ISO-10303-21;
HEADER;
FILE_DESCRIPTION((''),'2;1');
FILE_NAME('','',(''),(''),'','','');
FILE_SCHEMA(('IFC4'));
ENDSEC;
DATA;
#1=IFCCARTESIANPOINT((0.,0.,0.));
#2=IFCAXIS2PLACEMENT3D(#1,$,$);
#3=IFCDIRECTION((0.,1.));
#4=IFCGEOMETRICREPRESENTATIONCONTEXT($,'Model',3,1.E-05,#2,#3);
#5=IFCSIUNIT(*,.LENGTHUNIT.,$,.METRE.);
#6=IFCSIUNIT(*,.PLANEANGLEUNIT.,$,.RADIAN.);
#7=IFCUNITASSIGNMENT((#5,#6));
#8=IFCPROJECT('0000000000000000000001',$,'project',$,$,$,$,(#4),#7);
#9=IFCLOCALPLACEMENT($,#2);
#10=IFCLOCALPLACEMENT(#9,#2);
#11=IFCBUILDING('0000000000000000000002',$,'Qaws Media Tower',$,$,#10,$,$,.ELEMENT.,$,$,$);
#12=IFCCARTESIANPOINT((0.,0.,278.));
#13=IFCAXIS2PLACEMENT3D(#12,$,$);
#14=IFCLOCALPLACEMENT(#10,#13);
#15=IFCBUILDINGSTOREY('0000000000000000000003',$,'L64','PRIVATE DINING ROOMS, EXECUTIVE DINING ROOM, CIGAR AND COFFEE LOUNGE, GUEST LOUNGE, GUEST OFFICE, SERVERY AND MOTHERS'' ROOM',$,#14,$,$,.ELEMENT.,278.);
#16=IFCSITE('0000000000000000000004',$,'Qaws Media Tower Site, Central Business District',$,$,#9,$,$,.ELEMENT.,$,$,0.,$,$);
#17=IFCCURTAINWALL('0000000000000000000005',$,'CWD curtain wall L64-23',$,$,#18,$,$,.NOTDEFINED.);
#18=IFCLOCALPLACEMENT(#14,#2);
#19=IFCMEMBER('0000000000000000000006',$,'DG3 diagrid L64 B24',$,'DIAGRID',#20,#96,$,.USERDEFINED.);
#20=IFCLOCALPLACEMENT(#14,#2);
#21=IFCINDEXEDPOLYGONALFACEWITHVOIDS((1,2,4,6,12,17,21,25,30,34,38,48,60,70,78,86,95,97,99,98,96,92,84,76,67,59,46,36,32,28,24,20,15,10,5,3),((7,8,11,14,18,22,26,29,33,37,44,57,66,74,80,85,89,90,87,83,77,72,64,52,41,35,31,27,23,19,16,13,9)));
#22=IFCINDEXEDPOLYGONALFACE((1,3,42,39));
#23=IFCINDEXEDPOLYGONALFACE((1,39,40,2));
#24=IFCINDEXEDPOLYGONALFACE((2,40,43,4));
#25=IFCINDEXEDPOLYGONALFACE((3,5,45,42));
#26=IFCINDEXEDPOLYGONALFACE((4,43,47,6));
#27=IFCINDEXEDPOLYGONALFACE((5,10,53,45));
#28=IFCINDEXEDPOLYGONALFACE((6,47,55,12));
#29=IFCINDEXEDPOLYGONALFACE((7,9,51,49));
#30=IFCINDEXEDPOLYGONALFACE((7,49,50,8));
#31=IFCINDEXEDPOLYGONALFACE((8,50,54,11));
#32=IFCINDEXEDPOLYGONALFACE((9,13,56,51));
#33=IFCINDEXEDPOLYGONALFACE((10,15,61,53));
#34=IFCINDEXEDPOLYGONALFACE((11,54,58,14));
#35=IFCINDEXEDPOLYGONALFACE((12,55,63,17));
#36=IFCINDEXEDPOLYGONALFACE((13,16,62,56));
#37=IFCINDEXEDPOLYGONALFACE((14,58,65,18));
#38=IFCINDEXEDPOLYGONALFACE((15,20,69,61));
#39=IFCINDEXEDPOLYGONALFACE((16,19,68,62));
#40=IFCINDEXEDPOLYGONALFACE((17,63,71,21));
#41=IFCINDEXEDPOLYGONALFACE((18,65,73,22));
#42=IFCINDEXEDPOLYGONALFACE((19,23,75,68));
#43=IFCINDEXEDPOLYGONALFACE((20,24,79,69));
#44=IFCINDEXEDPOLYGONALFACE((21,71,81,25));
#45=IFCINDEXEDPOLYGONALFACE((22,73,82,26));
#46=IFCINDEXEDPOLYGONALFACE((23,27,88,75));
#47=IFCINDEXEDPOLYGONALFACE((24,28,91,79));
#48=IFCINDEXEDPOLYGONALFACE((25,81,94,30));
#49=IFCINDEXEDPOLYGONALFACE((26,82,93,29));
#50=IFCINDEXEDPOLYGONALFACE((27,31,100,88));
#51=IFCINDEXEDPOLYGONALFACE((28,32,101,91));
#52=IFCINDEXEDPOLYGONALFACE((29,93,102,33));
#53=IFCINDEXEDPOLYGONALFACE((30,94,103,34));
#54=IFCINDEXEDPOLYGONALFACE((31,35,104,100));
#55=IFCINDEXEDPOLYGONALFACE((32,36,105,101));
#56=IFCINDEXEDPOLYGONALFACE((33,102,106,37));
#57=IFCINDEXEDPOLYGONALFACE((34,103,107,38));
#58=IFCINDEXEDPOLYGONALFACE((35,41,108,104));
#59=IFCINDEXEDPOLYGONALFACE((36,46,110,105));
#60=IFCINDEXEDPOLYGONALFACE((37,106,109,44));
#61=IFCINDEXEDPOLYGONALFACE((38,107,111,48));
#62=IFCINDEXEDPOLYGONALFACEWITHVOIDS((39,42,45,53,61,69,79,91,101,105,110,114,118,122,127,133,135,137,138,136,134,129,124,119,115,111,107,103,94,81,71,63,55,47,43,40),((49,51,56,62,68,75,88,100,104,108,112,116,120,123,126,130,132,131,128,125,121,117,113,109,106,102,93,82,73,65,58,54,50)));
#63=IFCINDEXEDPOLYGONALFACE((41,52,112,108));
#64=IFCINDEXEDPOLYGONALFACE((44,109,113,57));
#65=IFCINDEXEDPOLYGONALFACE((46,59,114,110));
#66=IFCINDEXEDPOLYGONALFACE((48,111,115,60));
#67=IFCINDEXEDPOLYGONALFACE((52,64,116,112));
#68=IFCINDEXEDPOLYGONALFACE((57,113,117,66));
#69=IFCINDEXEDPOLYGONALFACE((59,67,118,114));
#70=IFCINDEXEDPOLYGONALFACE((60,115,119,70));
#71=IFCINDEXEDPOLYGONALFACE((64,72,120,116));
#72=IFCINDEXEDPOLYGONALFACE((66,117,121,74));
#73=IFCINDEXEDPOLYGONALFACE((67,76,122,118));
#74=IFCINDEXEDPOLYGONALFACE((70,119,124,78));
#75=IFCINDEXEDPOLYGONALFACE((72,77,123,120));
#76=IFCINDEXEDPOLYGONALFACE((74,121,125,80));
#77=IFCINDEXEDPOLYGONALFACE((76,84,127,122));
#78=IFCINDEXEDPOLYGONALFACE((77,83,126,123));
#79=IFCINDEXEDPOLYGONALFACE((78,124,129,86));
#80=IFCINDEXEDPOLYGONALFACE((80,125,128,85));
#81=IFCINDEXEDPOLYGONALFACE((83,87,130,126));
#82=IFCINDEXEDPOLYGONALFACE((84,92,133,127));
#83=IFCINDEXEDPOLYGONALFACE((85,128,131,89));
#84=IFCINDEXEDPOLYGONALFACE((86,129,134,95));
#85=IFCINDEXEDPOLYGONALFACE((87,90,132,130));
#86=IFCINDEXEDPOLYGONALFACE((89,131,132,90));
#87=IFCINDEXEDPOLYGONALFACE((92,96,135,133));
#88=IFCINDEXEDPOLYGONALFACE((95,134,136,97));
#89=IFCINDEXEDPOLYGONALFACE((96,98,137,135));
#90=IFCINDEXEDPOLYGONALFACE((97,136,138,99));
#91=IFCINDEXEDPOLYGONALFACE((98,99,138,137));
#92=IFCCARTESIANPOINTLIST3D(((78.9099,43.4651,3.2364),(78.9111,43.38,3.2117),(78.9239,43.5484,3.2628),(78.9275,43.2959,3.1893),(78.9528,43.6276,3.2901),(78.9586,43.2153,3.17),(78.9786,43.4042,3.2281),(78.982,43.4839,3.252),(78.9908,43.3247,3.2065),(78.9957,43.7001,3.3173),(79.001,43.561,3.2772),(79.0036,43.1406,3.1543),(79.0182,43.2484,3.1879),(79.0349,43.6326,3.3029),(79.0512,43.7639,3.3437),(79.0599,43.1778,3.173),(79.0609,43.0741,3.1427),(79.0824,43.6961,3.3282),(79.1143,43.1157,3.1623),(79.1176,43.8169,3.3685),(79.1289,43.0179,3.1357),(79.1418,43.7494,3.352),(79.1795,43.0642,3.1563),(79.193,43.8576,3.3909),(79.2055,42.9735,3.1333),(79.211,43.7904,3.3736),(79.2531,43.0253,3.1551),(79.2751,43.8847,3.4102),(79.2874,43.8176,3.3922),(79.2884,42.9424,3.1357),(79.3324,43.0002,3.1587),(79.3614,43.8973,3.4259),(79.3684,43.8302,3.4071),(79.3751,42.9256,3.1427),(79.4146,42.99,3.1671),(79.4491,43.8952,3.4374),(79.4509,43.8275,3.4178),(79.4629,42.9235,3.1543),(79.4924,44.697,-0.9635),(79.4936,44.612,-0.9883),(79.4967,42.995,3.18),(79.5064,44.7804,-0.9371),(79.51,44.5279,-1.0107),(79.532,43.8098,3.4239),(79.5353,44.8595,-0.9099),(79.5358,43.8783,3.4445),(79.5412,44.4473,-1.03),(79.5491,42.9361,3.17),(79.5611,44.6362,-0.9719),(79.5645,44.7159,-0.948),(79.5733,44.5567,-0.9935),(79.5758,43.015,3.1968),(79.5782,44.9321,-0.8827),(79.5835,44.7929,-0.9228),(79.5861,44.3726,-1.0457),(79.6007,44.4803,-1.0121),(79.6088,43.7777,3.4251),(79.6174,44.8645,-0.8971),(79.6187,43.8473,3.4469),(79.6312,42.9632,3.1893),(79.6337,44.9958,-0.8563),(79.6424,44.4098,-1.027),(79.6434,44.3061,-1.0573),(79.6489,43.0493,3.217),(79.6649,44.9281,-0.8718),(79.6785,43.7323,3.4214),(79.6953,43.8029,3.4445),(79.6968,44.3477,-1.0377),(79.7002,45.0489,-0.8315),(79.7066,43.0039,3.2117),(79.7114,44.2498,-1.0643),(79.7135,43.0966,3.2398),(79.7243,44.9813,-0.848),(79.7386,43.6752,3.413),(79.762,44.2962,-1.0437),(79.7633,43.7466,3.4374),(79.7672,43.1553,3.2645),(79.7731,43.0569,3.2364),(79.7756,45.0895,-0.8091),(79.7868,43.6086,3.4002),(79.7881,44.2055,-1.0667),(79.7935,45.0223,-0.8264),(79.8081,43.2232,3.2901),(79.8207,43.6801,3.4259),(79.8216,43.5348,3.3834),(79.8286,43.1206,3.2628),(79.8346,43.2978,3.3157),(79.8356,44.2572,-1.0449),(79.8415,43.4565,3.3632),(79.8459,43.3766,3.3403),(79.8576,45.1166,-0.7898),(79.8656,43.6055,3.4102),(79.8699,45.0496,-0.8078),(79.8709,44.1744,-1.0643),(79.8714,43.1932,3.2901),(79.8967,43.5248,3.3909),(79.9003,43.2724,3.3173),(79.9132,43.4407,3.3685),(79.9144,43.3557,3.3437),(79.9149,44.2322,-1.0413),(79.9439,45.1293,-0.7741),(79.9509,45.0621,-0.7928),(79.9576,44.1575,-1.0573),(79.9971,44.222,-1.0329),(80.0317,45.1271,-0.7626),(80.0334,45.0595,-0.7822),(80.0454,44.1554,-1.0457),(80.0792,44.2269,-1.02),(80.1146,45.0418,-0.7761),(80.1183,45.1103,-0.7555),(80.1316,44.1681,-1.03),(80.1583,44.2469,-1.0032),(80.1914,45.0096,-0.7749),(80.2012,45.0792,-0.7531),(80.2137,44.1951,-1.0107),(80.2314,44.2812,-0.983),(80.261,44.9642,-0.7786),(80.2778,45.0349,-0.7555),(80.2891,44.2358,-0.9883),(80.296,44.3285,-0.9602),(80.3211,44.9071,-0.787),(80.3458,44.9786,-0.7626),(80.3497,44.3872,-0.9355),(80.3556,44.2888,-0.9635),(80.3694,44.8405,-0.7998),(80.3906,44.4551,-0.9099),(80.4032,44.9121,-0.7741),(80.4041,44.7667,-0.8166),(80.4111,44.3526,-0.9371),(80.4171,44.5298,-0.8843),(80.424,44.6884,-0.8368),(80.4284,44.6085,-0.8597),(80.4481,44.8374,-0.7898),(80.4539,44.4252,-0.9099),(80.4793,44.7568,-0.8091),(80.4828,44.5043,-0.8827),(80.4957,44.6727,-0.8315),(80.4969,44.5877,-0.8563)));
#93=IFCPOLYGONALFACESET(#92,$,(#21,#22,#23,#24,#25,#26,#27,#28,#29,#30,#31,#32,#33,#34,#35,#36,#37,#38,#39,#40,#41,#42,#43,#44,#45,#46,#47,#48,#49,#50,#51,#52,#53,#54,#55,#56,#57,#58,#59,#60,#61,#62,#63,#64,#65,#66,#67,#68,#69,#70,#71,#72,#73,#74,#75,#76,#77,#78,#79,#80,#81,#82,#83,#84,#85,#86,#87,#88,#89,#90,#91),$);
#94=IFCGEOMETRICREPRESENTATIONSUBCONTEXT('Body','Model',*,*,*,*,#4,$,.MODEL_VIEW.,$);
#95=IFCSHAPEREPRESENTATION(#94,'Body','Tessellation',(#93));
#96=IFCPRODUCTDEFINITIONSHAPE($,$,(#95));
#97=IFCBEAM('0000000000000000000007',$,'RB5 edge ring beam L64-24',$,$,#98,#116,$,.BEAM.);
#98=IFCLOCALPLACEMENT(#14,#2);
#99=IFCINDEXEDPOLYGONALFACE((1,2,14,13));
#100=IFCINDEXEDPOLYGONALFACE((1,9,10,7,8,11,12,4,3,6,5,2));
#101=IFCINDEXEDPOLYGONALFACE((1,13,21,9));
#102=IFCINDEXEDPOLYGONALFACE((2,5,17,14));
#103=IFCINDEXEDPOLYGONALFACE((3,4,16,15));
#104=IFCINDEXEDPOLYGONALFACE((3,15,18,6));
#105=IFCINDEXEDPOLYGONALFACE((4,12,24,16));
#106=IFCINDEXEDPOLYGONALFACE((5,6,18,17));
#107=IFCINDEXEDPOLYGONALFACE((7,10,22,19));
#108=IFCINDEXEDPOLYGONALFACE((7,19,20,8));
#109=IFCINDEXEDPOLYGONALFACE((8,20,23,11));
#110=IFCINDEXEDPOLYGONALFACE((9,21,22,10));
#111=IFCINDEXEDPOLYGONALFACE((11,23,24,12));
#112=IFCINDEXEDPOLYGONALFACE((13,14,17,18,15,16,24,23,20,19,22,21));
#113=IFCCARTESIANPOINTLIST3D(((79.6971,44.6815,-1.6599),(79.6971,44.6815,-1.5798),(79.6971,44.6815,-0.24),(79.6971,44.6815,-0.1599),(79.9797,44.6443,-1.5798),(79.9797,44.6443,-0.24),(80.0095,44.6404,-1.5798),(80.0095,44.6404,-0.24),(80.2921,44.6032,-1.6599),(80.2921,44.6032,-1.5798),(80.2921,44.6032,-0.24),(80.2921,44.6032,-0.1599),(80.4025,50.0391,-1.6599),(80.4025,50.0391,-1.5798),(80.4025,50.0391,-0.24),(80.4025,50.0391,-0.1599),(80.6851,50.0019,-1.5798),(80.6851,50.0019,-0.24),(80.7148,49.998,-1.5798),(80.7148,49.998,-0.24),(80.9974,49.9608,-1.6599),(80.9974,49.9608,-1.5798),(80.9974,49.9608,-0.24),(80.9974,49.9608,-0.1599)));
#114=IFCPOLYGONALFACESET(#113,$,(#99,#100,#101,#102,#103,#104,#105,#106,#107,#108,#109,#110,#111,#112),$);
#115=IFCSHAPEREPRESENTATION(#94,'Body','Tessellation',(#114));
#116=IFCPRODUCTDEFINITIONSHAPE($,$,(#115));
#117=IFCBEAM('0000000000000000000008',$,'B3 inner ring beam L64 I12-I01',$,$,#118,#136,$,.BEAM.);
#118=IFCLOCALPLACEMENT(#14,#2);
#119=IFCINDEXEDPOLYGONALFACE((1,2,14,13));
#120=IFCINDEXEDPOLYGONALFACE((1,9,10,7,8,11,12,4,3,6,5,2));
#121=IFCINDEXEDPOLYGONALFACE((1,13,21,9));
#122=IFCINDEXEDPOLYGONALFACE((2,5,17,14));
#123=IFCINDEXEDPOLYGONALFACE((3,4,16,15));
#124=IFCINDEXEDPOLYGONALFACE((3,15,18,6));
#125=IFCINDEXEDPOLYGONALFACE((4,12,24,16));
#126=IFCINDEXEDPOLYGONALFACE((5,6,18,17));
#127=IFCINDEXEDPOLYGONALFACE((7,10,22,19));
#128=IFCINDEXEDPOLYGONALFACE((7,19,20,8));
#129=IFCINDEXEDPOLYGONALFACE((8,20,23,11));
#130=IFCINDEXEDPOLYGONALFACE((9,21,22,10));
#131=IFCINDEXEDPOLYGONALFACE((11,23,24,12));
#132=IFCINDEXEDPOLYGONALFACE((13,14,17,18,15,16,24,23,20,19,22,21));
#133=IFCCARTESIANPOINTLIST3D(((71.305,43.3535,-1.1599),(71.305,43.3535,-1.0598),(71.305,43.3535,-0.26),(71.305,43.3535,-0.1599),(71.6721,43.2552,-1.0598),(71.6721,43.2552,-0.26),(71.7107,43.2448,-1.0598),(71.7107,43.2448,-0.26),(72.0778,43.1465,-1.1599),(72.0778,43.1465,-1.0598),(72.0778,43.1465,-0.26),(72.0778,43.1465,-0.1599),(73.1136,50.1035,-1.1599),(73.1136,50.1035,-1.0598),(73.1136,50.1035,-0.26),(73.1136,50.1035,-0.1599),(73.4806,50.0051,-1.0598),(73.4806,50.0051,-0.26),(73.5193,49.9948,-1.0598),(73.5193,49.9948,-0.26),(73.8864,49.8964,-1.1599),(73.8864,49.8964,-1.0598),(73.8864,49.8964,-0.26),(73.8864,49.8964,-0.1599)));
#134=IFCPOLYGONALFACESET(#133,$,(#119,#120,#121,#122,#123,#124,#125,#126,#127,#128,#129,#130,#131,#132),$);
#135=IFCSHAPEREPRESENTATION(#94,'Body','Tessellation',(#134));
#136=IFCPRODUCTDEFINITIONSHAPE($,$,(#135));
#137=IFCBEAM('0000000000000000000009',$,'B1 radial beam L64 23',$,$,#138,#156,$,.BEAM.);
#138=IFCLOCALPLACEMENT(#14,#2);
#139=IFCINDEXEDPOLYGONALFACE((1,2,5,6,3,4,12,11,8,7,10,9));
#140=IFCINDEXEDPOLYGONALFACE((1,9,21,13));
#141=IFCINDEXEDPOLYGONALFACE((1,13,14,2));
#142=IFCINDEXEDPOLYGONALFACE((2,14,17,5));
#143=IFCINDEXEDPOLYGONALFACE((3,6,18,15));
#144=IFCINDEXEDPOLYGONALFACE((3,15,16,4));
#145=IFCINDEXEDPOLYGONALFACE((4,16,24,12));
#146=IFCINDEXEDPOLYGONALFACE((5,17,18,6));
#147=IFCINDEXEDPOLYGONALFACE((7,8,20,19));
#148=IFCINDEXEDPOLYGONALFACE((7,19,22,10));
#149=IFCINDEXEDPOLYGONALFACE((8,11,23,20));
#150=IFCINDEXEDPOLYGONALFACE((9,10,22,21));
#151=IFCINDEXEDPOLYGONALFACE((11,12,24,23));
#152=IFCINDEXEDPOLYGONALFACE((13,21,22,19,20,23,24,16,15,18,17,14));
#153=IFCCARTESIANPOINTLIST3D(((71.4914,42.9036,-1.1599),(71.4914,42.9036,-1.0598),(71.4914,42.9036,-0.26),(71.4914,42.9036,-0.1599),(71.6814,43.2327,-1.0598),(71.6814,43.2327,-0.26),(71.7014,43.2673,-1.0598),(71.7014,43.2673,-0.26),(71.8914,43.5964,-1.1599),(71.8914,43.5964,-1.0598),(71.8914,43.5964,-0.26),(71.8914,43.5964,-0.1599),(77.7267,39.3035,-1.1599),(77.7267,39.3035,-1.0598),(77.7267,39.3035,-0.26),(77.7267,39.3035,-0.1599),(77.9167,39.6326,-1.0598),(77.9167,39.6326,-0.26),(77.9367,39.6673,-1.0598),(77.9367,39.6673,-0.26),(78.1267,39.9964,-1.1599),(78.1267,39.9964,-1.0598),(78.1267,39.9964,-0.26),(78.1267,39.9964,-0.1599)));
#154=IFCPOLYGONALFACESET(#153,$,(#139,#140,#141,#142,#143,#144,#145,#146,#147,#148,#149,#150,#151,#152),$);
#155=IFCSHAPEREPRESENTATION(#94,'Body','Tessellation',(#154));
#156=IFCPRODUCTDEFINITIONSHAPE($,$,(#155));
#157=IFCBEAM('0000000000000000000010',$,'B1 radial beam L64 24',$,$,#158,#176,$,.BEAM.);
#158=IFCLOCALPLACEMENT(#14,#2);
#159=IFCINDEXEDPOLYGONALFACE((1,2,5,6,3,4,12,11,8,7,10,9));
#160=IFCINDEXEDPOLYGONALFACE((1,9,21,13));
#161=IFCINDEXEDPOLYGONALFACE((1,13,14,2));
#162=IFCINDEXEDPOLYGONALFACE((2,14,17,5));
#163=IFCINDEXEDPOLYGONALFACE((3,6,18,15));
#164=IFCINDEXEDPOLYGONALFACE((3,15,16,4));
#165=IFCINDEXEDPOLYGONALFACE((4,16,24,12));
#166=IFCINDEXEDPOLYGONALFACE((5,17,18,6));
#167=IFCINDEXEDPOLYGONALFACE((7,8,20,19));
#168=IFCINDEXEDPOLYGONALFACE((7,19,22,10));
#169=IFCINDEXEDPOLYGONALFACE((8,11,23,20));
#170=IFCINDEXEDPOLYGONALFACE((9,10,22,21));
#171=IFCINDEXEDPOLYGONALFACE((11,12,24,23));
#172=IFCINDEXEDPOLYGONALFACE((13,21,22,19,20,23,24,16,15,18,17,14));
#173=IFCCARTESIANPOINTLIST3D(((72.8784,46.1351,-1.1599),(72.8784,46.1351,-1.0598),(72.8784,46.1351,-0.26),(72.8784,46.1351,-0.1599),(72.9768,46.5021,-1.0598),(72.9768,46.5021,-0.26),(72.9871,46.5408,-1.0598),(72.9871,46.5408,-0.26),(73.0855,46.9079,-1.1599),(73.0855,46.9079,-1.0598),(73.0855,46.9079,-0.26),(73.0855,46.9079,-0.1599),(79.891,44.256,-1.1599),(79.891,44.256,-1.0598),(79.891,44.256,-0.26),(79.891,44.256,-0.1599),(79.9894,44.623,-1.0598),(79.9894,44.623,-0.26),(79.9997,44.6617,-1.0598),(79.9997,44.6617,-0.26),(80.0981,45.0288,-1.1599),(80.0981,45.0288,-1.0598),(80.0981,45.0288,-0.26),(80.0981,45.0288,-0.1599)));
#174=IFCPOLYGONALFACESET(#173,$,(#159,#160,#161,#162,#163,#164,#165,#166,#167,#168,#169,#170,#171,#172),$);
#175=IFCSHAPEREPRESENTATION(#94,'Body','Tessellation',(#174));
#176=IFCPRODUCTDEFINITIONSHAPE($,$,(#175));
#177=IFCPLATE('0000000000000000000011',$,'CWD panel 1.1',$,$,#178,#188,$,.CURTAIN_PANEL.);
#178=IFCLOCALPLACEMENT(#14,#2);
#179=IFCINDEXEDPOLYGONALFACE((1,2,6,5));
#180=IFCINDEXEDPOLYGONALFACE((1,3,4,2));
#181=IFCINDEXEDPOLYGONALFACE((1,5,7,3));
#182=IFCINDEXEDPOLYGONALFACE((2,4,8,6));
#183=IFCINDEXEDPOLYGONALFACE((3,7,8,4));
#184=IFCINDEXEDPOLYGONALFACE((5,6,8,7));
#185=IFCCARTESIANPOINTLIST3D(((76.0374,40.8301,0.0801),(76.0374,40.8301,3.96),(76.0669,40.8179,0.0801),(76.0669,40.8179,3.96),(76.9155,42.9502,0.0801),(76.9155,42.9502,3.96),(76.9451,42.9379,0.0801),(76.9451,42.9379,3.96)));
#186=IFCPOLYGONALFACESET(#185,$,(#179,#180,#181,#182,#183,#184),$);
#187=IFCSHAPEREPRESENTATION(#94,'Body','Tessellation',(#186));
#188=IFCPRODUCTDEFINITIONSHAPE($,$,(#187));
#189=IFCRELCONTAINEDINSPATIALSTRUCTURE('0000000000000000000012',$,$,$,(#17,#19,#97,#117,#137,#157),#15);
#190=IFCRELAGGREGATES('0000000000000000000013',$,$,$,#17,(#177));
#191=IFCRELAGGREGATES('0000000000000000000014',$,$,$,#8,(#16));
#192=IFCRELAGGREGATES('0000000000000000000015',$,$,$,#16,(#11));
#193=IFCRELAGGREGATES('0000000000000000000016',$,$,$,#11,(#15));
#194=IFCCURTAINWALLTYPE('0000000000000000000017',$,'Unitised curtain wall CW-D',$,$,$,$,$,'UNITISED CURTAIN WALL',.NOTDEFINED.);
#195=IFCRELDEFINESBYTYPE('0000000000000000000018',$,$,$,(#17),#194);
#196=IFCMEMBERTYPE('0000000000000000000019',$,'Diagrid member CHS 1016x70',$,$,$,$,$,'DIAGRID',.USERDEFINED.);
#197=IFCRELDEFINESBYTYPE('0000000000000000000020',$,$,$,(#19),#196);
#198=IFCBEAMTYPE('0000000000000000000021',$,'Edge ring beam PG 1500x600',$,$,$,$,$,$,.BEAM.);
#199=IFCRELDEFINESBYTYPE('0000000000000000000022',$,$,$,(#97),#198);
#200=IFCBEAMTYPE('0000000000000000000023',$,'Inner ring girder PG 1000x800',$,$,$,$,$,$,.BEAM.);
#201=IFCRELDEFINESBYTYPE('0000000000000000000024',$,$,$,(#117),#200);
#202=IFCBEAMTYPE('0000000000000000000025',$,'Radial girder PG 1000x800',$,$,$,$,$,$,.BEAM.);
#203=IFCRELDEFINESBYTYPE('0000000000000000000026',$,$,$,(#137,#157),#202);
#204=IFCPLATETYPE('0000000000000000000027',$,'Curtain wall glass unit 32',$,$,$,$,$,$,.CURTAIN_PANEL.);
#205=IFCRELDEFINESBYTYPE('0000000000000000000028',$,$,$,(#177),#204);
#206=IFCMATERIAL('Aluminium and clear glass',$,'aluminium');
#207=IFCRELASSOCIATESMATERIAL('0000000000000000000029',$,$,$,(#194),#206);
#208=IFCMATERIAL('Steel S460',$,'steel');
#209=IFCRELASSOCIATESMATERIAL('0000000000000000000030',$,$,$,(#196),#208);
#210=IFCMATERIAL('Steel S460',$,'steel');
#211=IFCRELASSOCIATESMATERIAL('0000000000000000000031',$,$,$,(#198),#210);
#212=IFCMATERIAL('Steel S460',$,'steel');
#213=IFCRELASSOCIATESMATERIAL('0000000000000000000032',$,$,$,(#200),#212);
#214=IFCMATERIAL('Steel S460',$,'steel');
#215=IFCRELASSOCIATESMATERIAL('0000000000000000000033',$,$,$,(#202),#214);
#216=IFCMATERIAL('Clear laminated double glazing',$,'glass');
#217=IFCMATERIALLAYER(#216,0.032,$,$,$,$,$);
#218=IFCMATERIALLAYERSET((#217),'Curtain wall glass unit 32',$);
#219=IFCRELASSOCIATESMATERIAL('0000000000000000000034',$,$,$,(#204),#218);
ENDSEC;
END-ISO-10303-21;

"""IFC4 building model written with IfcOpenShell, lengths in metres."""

from ifc_helpers import new_model, si_unit, direction, frame, origin, origin_2d, place, context, subcontext, project, spatial, rectangle, hollow_circle, i_section, extrude, material, layer, layer_set, material_profile, profile_set, type_object, element, aggregate, save


model = new_model("IFC4")

# Units and contexts
model_context = context("Model", 3, precision=1e-05, world=origin(), true_north=direction((0.0, 1.0)))
body_context = subcontext(model_context, "Body", "Model", "MODEL_VIEW")
ifc_project = project(units=[si_unit("LENGTHUNIT", "METRE"), si_unit("PLANEANGLEUNIT", "RADIAN")], contexts=[model_context])

# Site, building, storey
site_placement = place(None, origin())
site = spatial("IfcSite", under=ifc_project, at=site_placement, Name="Qaws Media Tower Site, Central Business District", CompositionType="ELEMENT", RefElevation=0.0)
building_placement = place(site_placement, origin())
building = spatial("IfcBuilding", under=site, at=building_placement, Name="Qaws Media Tower", CompositionType="ELEMENT")
storey_placement = place(building_placement, frame((0.0, 0.0, 278.0)))
storey = spatial("IfcBuildingStorey", under=building, at=storey_placement, Name="L64", Description="PRIVATE DINING ROOMS, EXECUTIVE DINING ROOM, CIGAR AND COFFEE LOUNGE, GUEST LOUNGE, GUEST OFFICE, SERVERY AND MOTHERS' ROOM", CompositionType="ELEMENT", Elevation=278.0)

# Shared definitions
ifc_material_1 = material(Name="Aluminium and clear glass", Category="aluminium")
curtain_wall_type = type_object("IfcCurtainWallType", Name="Unitised curtain wall CW-D", ElementType="UNITISED CURTAIN WALL", PredefinedType="NOTDEFINED", material=ifc_material_1)

# Curtain wall
curtain_wall_1_placement = place(storey_placement, origin())
curtain_wall_1 = element("IfcCurtainWall", 1, at=curtain_wall_1_placement, inside=storey, type_object=curtain_wall_type, Name="CWD curtain wall L64-23", PredefinedType="NOTDEFINED")

# Member
ifc_material_2 = material(Name="Steel S460", Category="steel")
ifc_material_profile_1 = material_profile(ifc_material_2, hollow_circle(Radius=0.5081, WallThickness=0.0701, at=origin_2d()), Name="CHS 1016x70")
ifc_profile_set_1 = profile_set([ifc_material_profile_1], Name="Steel S460")
member_type_1 = type_object("IfcMemberType", Name="Diagrid member CHS 1016x70", ElementType="DIAGRID", PredefinedType="USERDEFINED", material=ifc_profile_set_1)
for number, where, z_axis, x_axis, name in (
    (2, (79.9946, 44.6423, -0.9099), (-0.131926, -0.279002, 0.951185), (0.904029, -0.42747, 0.0), "DG3 diagrid L64 B24"),
):
    element("IfcMember", number, at=place(storey_placement, frame(where, z_axis=z_axis, x_axis=x_axis)), inside=storey, type_object=member_type_1, Name=name, ObjectType="DIAGRID", PredefinedType="USERDEFINED", context=body_context, shape_type="SweptSolid", body=[
        extrude(hollow_circle(Radius=0.5081, WallThickness=0.0701, at=origin_2d()), origin(), (0.0, 0.0, 1.0), 4.4155),
    ])

# Beams
ifc_material_3 = material(Name="Steel S460", Category="steel")
ifc_material_profile_2 = material_profile(ifc_material_3, i_section(OverallWidth=0.6001, OverallDepth=1.5, WebThickness=0.03, FlangeThickness=0.0801, at=origin_2d()), Name="PG 1500x600")
ifc_profile_set_2 = profile_set([ifc_material_profile_2], Name="Steel S460")
beam_type_1 = type_object("IfcBeamType", Name="Edge ring beam PG 1500x600", PredefinedType="BEAM", material=ifc_profile_set_2)
beam_1_placement = place(storey_placement, frame((79.9946, 44.6423, -0.9099), z_axis=(0.130521, 0.991446, 0.0), x_axis=(-0.991446, 0.130521, 0.0)))
element("IfcBeam", 3, at=beam_1_placement, inside=storey, type_object=beam_type_1, Name="RB5 edge ring beam L64-24", PredefinedType="BEAM", context=body_context, shape_type="SweptSolid", body=[
    extrude(i_section(OverallWidth=0.6001, OverallDepth=1.5, WebThickness=0.03, FlangeThickness=0.0801, at=origin_2d()), origin(), (0.0, 0.0, 1.0), 5.4038),
])
ifc_material_4 = material(Name="Steel S460", Category="steel")
ifc_material_profile_3 = material_profile(ifc_material_4, i_section(OverallWidth=0.8, OverallDepth=1.0, WebThickness=0.04, FlangeThickness=0.1001, at=origin_2d()), Name="PG 1000x800")
ifc_profile_set_3 = profile_set([ifc_material_profile_3], Name="Steel S460")
beam_type_2 = type_object("IfcBeamType", Name="Inner ring girder PG 1000x800", PredefinedType="BEAM", material=ifc_profile_set_3)
beam_2_placement = place(storey_placement, frame((71.6914, 43.25, -0.6599), z_axis=(0.258811, 0.965928, 0.0), x_axis=(-0.965928, 0.258811, 0.0)))
element("IfcBeam", 4, at=beam_2_placement, inside=storey, type_object=beam_type_2, Name="B3 inner ring beam L64 I12-I01", PredefinedType="BEAM", context=body_context, shape_type="SweptSolid", body=[
    extrude(i_section(OverallWidth=0.8, OverallDepth=1.0, WebThickness=0.04, FlangeThickness=0.1001, at=origin_2d()), origin(), (0.0, 0.0, 1.0), 6.988),
])
ifc_material_5 = material(Name="Steel S460", Category="steel")
ifc_material_profile_4 = material_profile(ifc_material_5, i_section(OverallWidth=0.8, OverallDepth=1.0, WebThickness=0.04, FlangeThickness=0.1001, at=origin_2d()), Name="PG 1000x800")
ifc_profile_set_4 = profile_set([ifc_material_profile_4], Name="Steel S460")
beam_type_3 = type_object("IfcBeamType", Name="Radial girder PG 1000x800", PredefinedType="BEAM", material=ifc_profile_set_4)
beam_3_placement = place(storey_placement, frame((71.6914, 43.25, -0.6599), z_axis=(0.866018, -0.500012, 0.0), x_axis=(0.500012, 0.866018, 0.0)))
element("IfcBeam", 5, at=beam_3_placement, inside=storey, type_object=beam_type_3, Name="B1 radial beam L64 23", PredefinedType="BEAM", context=body_context, shape_type="SweptSolid", body=[
    extrude(i_section(OverallWidth=0.8, OverallDepth=1.0, WebThickness=0.04, FlangeThickness=0.1001, at=origin_2d()), origin(), (0.0, 0.0, 1.0), 7.2),
])
beam_4_placement = place(storey_placement, frame((72.9819, 46.5215, -0.6599), z_axis=(0.965922, -0.258832, 0.0), x_axis=(0.258832, 0.965922, 0.0)))
element("IfcBeam", 6, at=beam_4_placement, inside=storey, type_object=beam_type_3, Name="B1 radial beam L64 24", PredefinedType="BEAM", context=body_context, shape_type="SweptSolid", body=[
    extrude(i_section(OverallWidth=0.8, OverallDepth=1.0, WebThickness=0.04, FlangeThickness=0.1001, at=origin_2d()), origin(), (0.0, 0.0, 1.0), 7.26),
])

# Plate
ifc_material_6 = material(Name="Clear laminated double glazing", Category="glass")
ifc_layer_1 = layer(ifc_material_6, 0.032)
ifc_layer_set_1 = layer_set([ifc_layer_1], Name="Curtain wall glass unit 32")
plate_type_1 = type_object("IfcPlateType", Name="Curtain wall glass unit 32", PredefinedType="CURTAIN_PANEL", material=ifc_layer_set_1)
plate_1_placement = place(storey_placement, frame((76.4912, 41.884, 0.0801), z_axis=(0.0, 0.0, 1.0), x_axis=(0.382683, 0.92388, 0.0)))
plate_1 = element("IfcPlate", 7, at=plate_1_placement, type_object=plate_type_1, Name="CWD panel 1.1", PredefinedType="CURTAIN_PANEL", context=body_context, shape_type="SweptSolid", body=[
    extrude(rectangle(XDim=2.2947, YDim=0.032, at=origin_2d()), origin(), (0.0, 0.0, 1.0), 3.8799),
])
aggregate(curtain_wall_1, [plate_1])

save(model, "model.ifc")
